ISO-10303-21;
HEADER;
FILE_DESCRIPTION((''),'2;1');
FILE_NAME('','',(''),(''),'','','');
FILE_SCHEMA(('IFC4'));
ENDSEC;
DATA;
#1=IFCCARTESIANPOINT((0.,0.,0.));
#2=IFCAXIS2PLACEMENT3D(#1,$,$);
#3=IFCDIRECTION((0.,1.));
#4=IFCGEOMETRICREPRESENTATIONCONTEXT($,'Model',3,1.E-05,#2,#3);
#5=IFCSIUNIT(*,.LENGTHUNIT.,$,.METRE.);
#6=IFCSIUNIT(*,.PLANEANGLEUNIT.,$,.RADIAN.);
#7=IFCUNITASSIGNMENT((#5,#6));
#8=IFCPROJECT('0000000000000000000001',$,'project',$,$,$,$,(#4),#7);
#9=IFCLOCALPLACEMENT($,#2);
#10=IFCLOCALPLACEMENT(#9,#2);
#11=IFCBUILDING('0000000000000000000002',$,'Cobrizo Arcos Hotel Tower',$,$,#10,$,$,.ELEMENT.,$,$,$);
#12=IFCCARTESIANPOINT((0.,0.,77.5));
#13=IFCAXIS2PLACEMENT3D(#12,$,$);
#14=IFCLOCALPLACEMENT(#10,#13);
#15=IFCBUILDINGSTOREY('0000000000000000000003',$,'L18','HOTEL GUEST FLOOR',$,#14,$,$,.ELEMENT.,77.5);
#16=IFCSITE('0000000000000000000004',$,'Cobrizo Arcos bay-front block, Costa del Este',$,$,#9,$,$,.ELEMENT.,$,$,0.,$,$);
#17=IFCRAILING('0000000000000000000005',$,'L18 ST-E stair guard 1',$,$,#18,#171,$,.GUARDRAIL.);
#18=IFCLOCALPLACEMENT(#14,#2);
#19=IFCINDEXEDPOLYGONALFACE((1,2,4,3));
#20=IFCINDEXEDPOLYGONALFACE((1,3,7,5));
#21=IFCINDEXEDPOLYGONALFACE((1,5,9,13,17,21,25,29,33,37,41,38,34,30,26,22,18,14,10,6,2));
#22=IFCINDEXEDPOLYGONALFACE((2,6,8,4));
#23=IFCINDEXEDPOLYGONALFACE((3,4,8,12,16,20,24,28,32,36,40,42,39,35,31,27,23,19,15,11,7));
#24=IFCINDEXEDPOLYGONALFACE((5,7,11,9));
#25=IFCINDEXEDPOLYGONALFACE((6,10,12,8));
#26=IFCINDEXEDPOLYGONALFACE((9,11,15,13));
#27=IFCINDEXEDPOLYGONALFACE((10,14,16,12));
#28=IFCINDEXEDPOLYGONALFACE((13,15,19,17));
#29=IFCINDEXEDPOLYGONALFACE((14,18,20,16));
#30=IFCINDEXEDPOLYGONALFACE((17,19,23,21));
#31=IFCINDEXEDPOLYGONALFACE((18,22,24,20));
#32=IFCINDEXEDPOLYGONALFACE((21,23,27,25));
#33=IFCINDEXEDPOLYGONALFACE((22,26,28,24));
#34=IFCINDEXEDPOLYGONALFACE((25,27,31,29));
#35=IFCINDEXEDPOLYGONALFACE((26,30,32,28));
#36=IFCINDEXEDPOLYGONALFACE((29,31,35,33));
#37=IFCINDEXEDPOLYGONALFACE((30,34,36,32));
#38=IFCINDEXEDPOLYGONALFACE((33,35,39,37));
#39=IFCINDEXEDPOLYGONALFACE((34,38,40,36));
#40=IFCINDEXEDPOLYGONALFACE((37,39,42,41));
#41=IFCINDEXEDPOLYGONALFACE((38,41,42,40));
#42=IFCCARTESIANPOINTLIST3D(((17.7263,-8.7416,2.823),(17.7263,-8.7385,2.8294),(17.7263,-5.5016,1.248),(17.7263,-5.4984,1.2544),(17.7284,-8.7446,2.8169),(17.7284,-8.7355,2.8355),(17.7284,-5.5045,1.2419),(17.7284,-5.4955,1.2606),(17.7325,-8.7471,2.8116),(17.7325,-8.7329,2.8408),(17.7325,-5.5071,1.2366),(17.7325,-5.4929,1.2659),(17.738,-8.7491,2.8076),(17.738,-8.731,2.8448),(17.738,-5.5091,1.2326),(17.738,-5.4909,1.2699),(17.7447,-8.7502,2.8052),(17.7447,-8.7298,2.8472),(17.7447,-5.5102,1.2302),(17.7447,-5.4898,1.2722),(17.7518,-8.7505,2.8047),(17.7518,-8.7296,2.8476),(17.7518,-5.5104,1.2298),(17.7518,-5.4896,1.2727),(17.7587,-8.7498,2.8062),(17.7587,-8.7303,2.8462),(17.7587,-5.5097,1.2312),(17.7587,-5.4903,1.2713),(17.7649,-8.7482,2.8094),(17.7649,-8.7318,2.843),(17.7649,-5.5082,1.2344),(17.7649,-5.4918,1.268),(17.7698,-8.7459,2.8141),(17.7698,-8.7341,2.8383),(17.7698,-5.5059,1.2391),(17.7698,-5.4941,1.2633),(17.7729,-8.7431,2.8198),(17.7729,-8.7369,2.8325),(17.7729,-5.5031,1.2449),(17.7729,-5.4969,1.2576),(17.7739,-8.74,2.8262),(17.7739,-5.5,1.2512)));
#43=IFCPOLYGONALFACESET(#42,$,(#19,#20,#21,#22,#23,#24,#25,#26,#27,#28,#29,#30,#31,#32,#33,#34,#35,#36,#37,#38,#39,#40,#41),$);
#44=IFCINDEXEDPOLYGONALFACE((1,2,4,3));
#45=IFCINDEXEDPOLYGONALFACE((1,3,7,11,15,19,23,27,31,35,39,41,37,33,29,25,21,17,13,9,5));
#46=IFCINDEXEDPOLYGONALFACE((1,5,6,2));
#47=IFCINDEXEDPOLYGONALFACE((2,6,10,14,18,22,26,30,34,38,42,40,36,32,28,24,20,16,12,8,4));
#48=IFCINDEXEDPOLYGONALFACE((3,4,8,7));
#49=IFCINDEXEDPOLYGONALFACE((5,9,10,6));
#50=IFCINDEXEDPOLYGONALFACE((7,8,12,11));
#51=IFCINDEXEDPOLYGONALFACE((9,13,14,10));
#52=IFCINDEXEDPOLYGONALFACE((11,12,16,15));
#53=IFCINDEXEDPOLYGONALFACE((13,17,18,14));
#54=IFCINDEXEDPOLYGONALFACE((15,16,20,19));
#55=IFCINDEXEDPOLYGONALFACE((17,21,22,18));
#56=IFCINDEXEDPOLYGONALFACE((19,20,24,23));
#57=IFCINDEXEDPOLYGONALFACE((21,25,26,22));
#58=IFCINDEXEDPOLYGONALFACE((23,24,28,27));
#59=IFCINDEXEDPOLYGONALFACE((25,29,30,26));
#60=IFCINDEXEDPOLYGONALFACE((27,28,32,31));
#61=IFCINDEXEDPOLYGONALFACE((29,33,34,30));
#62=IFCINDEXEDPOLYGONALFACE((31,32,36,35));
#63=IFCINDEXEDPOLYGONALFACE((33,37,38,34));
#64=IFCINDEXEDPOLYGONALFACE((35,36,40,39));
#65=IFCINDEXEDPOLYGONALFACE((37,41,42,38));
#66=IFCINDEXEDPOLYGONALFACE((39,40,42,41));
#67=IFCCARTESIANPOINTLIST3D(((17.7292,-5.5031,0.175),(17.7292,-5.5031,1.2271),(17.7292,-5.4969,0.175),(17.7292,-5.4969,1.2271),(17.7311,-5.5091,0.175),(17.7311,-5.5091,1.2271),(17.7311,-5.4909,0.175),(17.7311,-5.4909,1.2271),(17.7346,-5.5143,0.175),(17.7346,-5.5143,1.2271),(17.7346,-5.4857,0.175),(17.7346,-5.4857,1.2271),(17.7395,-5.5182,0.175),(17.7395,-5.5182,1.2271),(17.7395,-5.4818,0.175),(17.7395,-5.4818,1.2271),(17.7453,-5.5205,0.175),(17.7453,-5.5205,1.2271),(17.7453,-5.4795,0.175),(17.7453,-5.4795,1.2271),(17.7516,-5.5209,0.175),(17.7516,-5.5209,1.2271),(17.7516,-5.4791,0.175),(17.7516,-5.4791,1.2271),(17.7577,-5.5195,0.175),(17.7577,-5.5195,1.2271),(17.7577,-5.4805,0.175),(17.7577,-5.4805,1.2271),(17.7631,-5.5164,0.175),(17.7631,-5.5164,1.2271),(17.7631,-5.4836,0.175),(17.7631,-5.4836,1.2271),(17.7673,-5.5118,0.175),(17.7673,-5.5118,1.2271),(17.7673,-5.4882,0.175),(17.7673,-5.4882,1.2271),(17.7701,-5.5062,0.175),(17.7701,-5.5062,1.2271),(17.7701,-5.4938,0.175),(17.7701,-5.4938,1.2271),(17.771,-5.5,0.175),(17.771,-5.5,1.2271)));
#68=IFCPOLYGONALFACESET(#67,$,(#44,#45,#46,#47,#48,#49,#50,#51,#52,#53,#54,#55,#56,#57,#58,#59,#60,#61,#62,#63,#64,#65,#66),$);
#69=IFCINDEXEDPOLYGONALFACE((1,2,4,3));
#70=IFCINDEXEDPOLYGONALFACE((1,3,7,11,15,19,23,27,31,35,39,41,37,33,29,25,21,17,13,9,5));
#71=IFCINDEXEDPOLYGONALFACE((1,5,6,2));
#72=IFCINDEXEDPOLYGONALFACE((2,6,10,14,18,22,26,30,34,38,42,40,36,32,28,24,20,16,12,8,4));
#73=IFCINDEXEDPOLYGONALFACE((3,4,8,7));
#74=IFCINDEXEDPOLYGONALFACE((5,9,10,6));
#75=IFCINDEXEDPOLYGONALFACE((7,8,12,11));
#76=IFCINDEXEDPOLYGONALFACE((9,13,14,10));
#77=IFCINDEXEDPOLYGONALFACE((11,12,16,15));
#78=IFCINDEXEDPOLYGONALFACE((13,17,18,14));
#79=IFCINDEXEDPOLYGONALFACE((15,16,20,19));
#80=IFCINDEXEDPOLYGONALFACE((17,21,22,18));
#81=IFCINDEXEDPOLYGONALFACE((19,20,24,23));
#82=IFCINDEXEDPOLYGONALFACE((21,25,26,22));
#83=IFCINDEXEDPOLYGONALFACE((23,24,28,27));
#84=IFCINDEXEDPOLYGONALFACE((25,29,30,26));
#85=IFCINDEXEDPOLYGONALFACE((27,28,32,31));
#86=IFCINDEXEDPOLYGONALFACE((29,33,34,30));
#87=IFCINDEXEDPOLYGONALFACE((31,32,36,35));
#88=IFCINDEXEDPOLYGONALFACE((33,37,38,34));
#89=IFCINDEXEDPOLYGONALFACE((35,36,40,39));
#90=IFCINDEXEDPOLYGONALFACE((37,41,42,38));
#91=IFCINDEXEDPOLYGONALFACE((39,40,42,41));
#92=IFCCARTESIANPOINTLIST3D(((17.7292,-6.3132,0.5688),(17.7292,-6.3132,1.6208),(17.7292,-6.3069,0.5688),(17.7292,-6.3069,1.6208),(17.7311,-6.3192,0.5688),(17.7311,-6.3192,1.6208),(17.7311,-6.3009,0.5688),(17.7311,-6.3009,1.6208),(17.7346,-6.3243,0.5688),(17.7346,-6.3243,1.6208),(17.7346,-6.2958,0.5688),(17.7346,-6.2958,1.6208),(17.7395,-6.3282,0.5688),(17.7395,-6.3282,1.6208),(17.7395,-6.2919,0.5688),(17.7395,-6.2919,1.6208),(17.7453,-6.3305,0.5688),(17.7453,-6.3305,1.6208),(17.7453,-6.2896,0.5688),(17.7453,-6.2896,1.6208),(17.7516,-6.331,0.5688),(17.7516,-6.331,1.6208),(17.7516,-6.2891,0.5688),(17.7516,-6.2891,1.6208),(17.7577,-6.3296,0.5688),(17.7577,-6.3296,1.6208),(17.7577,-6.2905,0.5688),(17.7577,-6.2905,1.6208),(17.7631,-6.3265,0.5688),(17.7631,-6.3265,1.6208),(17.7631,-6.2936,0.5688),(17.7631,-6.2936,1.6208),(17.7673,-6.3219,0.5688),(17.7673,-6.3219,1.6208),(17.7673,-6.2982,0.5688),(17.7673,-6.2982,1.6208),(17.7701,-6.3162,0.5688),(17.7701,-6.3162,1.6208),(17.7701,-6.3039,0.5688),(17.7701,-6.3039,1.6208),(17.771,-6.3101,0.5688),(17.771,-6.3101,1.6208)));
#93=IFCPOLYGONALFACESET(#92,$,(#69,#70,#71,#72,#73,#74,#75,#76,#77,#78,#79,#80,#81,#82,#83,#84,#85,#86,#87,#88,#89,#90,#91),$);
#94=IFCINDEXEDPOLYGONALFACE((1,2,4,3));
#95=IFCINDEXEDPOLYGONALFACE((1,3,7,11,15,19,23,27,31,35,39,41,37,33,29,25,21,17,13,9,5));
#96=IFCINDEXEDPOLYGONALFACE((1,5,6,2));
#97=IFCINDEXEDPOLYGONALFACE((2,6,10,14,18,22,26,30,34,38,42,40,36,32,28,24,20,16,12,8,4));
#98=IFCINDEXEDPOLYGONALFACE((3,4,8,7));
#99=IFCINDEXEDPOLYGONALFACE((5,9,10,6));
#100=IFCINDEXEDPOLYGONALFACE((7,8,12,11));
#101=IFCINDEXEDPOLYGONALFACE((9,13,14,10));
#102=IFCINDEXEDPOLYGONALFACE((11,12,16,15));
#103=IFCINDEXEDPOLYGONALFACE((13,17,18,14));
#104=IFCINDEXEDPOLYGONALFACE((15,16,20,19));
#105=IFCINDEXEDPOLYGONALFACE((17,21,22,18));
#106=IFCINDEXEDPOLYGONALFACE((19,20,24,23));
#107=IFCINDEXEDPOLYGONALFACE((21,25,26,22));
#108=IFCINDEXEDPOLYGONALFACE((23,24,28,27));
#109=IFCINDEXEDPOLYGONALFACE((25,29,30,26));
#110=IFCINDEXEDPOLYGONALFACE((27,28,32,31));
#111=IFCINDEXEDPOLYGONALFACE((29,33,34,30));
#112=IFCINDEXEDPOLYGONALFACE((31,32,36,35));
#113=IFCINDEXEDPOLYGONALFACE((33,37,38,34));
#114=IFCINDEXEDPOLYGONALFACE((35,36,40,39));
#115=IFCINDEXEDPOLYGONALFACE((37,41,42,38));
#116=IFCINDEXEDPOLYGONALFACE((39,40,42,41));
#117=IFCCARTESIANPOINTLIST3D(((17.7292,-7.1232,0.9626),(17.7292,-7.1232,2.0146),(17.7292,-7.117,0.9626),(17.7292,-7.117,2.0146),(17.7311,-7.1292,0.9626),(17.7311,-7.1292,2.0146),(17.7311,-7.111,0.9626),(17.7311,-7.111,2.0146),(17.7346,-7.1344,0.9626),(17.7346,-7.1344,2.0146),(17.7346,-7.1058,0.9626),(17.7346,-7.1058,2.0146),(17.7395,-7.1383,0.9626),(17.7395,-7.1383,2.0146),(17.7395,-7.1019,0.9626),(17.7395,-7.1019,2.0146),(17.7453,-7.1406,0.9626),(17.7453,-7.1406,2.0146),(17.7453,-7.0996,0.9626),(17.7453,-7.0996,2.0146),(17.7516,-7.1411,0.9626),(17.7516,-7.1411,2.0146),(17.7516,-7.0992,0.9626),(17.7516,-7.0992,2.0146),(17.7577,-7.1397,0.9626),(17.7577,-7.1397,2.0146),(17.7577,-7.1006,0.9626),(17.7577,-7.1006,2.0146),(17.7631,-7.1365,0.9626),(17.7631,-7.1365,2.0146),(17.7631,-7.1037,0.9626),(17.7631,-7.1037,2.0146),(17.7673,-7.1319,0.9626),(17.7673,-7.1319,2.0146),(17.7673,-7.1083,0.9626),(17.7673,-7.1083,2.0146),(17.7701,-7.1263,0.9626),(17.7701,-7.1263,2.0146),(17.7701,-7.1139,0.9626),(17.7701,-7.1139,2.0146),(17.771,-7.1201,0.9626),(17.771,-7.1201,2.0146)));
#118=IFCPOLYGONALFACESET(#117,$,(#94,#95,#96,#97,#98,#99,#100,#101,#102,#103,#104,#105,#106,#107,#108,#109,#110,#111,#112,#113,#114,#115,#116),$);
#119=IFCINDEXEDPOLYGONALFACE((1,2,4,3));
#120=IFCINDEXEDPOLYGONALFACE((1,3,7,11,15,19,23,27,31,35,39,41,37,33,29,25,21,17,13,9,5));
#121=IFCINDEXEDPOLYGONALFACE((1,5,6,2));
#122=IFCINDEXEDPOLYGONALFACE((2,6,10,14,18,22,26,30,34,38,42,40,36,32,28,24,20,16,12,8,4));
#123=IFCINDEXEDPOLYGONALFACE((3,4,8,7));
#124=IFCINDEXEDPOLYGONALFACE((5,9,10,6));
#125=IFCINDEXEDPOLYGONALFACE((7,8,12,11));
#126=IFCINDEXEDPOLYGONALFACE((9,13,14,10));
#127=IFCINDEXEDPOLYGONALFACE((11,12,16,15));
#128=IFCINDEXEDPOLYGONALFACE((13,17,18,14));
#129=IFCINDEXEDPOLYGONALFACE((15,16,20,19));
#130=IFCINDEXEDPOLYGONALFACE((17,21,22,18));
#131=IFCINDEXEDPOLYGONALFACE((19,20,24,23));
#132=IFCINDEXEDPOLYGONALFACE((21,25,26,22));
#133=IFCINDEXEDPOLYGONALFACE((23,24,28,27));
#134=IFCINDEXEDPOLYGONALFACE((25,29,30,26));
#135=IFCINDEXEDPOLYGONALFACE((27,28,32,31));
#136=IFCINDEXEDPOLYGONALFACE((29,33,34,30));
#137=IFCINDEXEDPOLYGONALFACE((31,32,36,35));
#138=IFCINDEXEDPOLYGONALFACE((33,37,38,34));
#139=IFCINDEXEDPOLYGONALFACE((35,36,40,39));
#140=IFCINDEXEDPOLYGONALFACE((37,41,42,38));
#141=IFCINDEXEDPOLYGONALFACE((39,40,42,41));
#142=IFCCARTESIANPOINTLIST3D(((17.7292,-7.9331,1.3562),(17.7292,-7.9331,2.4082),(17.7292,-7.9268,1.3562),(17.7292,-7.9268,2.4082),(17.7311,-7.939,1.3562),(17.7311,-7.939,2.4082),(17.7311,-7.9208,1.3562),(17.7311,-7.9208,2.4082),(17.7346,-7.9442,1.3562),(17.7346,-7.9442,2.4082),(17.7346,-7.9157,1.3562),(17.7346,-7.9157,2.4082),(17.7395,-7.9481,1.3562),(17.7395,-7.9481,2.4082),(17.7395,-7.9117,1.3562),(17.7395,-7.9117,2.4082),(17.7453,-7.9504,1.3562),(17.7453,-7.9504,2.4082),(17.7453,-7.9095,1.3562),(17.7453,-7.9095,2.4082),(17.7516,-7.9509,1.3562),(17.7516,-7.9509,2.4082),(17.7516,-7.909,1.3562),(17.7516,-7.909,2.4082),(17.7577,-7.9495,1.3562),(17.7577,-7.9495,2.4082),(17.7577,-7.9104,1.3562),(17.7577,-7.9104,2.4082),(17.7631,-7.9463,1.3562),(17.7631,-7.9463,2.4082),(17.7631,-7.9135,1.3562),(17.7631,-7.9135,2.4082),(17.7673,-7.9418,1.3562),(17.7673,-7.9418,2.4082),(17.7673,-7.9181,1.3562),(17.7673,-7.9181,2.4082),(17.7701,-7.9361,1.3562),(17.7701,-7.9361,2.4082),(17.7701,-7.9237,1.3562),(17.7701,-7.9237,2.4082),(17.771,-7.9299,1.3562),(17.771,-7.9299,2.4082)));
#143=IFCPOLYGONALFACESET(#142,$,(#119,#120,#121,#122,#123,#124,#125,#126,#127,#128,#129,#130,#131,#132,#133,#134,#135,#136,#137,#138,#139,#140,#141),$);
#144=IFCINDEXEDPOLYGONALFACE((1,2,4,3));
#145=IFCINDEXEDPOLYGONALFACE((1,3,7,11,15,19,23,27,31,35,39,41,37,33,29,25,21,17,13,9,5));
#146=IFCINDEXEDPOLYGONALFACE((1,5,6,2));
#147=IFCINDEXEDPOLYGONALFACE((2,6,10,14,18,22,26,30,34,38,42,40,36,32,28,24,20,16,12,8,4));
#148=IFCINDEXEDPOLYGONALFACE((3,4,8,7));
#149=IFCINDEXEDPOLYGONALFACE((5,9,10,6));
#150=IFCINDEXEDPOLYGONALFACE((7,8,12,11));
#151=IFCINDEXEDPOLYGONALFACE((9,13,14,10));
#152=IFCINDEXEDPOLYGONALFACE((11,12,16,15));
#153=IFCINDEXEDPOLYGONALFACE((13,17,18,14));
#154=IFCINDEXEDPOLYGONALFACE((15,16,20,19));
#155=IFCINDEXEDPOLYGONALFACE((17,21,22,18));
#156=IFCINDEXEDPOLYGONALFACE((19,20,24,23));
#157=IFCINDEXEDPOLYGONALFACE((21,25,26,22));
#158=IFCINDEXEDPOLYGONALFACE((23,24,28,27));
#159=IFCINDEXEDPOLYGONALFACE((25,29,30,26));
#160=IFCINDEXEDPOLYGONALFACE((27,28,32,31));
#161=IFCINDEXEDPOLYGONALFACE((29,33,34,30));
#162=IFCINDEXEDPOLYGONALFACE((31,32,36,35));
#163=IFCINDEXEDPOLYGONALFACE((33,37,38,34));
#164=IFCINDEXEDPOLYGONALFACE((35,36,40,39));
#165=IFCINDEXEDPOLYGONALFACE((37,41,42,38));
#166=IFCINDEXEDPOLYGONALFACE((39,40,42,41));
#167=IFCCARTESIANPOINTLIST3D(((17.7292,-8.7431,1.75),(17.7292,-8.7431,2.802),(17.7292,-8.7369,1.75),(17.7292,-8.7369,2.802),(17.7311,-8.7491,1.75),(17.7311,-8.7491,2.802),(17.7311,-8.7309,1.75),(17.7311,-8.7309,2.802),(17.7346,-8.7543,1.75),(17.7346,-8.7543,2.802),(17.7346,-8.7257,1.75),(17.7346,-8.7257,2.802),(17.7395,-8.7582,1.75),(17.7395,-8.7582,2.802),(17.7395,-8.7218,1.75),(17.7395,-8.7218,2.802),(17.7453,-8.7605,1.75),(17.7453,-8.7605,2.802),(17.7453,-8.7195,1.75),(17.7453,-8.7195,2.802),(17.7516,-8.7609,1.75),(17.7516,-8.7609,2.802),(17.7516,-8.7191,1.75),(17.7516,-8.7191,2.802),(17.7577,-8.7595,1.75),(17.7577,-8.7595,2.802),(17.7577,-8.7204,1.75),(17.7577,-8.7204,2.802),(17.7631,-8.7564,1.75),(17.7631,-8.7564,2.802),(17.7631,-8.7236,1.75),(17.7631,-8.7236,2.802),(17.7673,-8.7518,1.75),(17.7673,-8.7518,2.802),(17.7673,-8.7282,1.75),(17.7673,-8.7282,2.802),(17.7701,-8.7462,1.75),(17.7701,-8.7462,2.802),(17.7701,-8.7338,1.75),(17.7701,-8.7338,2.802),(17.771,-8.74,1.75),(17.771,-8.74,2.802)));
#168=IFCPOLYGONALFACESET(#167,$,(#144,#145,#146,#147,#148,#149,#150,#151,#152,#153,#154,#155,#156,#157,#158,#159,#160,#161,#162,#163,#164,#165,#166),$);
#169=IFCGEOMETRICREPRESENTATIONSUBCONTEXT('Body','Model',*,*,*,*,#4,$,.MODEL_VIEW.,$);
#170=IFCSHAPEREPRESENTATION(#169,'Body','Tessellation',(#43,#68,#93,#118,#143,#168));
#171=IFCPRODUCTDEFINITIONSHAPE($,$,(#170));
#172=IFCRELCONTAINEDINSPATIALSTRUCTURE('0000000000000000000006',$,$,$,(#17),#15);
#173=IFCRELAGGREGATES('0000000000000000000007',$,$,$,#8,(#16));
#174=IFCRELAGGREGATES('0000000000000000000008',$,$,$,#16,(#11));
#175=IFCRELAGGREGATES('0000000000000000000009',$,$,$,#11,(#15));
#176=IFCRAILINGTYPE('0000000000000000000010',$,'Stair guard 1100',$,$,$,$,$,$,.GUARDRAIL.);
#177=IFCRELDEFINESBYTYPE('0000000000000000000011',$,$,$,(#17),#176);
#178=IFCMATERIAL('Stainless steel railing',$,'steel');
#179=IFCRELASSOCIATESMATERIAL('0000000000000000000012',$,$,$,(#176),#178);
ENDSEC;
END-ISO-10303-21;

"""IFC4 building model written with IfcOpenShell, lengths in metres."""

from ifc_helpers import new_model, si_unit, direction, frame, origin, origin_2d, place, context, subcontext, project, spatial, circle, extrude, material, type_object, element, save


model = new_model("IFC4")

# Units and contexts
model_context = context("Model", 3, precision=1e-05, world=origin(), true_north=direction((0.0, 1.0)))
body_context = subcontext(model_context, "Body", "Model", "MODEL_VIEW")
ifc_project = project(units=[si_unit("LENGTHUNIT", "METRE"), si_unit("PLANEANGLEUNIT", "RADIAN")], contexts=[model_context])

# Site, building, storey
site_placement = place(None, origin())
site = spatial("IfcSite", under=ifc_project, at=site_placement, Name="Cobrizo Arcos bay-front block, Costa del Este", CompositionType="ELEMENT", RefElevation=0.0)
building_placement = place(site_placement, origin())
building = spatial("IfcBuilding", under=site, at=building_placement, Name="Cobrizo Arcos Hotel Tower", CompositionType="ELEMENT")
storey_placement = place(building_placement, frame((0.0, 0.0, 77.5)))
storey = spatial("IfcBuildingStorey", under=building, at=storey_placement, Name="L18", Description="HOTEL GUEST FLOOR", CompositionType="ELEMENT", Elevation=77.5)

# Railing
ifc_material_1 = material(Name="Stainless steel railing", Category="steel")
railing_type_1 = type_object("IfcRailingType", Name="Stair guard 1100", PredefinedType="GUARDRAIL", material=ifc_material_1)
railing_1_placement = place(storey_placement, frame((17.75, -5.5, 0.175)))
element("IfcRailing", 1, at=railing_1_placement, inside=storey, type_object=railing_type_1, Name="L18 ST-E stair guard 1", PredefinedType="GUARDRAIL", context=body_context, shape_type="SweptSolid", body=[
    extrude(circle(Radius=0.0239, at=origin_2d()), frame((0.0, 0.0, 1.0762), z_axis=(0.0, -0.899373, 0.437183), x_axis=(1.0, 0.0, 0.0)), (0.0, 0.0, 1.0), 3.6025),
    extrude(circle(Radius=0.021, at=origin_2d()), origin(), (0.0, 0.0, 1.0), 1.052),
    extrude(circle(Radius=0.021, at=origin_2d()), frame((0.0, -0.8101, 0.3938)), (0.0, 0.0, 1.0), 1.052),
    extrude(circle(Radius=0.021, at=origin_2d()), frame((0.0, -1.6201, 0.7876)), (0.0, 0.0, 1.0), 1.052),
    extrude(circle(Radius=0.021, at=origin_2d()), frame((0.0, -2.4299, 1.1812)), (0.0, 0.0, 1.0), 1.052),
    extrude(circle(Radius=0.021, at=origin_2d()), frame((0.0, -3.24, 1.575)), (0.0, 0.0, 1.0), 1.052),
])

save(model, "model.ifc")
